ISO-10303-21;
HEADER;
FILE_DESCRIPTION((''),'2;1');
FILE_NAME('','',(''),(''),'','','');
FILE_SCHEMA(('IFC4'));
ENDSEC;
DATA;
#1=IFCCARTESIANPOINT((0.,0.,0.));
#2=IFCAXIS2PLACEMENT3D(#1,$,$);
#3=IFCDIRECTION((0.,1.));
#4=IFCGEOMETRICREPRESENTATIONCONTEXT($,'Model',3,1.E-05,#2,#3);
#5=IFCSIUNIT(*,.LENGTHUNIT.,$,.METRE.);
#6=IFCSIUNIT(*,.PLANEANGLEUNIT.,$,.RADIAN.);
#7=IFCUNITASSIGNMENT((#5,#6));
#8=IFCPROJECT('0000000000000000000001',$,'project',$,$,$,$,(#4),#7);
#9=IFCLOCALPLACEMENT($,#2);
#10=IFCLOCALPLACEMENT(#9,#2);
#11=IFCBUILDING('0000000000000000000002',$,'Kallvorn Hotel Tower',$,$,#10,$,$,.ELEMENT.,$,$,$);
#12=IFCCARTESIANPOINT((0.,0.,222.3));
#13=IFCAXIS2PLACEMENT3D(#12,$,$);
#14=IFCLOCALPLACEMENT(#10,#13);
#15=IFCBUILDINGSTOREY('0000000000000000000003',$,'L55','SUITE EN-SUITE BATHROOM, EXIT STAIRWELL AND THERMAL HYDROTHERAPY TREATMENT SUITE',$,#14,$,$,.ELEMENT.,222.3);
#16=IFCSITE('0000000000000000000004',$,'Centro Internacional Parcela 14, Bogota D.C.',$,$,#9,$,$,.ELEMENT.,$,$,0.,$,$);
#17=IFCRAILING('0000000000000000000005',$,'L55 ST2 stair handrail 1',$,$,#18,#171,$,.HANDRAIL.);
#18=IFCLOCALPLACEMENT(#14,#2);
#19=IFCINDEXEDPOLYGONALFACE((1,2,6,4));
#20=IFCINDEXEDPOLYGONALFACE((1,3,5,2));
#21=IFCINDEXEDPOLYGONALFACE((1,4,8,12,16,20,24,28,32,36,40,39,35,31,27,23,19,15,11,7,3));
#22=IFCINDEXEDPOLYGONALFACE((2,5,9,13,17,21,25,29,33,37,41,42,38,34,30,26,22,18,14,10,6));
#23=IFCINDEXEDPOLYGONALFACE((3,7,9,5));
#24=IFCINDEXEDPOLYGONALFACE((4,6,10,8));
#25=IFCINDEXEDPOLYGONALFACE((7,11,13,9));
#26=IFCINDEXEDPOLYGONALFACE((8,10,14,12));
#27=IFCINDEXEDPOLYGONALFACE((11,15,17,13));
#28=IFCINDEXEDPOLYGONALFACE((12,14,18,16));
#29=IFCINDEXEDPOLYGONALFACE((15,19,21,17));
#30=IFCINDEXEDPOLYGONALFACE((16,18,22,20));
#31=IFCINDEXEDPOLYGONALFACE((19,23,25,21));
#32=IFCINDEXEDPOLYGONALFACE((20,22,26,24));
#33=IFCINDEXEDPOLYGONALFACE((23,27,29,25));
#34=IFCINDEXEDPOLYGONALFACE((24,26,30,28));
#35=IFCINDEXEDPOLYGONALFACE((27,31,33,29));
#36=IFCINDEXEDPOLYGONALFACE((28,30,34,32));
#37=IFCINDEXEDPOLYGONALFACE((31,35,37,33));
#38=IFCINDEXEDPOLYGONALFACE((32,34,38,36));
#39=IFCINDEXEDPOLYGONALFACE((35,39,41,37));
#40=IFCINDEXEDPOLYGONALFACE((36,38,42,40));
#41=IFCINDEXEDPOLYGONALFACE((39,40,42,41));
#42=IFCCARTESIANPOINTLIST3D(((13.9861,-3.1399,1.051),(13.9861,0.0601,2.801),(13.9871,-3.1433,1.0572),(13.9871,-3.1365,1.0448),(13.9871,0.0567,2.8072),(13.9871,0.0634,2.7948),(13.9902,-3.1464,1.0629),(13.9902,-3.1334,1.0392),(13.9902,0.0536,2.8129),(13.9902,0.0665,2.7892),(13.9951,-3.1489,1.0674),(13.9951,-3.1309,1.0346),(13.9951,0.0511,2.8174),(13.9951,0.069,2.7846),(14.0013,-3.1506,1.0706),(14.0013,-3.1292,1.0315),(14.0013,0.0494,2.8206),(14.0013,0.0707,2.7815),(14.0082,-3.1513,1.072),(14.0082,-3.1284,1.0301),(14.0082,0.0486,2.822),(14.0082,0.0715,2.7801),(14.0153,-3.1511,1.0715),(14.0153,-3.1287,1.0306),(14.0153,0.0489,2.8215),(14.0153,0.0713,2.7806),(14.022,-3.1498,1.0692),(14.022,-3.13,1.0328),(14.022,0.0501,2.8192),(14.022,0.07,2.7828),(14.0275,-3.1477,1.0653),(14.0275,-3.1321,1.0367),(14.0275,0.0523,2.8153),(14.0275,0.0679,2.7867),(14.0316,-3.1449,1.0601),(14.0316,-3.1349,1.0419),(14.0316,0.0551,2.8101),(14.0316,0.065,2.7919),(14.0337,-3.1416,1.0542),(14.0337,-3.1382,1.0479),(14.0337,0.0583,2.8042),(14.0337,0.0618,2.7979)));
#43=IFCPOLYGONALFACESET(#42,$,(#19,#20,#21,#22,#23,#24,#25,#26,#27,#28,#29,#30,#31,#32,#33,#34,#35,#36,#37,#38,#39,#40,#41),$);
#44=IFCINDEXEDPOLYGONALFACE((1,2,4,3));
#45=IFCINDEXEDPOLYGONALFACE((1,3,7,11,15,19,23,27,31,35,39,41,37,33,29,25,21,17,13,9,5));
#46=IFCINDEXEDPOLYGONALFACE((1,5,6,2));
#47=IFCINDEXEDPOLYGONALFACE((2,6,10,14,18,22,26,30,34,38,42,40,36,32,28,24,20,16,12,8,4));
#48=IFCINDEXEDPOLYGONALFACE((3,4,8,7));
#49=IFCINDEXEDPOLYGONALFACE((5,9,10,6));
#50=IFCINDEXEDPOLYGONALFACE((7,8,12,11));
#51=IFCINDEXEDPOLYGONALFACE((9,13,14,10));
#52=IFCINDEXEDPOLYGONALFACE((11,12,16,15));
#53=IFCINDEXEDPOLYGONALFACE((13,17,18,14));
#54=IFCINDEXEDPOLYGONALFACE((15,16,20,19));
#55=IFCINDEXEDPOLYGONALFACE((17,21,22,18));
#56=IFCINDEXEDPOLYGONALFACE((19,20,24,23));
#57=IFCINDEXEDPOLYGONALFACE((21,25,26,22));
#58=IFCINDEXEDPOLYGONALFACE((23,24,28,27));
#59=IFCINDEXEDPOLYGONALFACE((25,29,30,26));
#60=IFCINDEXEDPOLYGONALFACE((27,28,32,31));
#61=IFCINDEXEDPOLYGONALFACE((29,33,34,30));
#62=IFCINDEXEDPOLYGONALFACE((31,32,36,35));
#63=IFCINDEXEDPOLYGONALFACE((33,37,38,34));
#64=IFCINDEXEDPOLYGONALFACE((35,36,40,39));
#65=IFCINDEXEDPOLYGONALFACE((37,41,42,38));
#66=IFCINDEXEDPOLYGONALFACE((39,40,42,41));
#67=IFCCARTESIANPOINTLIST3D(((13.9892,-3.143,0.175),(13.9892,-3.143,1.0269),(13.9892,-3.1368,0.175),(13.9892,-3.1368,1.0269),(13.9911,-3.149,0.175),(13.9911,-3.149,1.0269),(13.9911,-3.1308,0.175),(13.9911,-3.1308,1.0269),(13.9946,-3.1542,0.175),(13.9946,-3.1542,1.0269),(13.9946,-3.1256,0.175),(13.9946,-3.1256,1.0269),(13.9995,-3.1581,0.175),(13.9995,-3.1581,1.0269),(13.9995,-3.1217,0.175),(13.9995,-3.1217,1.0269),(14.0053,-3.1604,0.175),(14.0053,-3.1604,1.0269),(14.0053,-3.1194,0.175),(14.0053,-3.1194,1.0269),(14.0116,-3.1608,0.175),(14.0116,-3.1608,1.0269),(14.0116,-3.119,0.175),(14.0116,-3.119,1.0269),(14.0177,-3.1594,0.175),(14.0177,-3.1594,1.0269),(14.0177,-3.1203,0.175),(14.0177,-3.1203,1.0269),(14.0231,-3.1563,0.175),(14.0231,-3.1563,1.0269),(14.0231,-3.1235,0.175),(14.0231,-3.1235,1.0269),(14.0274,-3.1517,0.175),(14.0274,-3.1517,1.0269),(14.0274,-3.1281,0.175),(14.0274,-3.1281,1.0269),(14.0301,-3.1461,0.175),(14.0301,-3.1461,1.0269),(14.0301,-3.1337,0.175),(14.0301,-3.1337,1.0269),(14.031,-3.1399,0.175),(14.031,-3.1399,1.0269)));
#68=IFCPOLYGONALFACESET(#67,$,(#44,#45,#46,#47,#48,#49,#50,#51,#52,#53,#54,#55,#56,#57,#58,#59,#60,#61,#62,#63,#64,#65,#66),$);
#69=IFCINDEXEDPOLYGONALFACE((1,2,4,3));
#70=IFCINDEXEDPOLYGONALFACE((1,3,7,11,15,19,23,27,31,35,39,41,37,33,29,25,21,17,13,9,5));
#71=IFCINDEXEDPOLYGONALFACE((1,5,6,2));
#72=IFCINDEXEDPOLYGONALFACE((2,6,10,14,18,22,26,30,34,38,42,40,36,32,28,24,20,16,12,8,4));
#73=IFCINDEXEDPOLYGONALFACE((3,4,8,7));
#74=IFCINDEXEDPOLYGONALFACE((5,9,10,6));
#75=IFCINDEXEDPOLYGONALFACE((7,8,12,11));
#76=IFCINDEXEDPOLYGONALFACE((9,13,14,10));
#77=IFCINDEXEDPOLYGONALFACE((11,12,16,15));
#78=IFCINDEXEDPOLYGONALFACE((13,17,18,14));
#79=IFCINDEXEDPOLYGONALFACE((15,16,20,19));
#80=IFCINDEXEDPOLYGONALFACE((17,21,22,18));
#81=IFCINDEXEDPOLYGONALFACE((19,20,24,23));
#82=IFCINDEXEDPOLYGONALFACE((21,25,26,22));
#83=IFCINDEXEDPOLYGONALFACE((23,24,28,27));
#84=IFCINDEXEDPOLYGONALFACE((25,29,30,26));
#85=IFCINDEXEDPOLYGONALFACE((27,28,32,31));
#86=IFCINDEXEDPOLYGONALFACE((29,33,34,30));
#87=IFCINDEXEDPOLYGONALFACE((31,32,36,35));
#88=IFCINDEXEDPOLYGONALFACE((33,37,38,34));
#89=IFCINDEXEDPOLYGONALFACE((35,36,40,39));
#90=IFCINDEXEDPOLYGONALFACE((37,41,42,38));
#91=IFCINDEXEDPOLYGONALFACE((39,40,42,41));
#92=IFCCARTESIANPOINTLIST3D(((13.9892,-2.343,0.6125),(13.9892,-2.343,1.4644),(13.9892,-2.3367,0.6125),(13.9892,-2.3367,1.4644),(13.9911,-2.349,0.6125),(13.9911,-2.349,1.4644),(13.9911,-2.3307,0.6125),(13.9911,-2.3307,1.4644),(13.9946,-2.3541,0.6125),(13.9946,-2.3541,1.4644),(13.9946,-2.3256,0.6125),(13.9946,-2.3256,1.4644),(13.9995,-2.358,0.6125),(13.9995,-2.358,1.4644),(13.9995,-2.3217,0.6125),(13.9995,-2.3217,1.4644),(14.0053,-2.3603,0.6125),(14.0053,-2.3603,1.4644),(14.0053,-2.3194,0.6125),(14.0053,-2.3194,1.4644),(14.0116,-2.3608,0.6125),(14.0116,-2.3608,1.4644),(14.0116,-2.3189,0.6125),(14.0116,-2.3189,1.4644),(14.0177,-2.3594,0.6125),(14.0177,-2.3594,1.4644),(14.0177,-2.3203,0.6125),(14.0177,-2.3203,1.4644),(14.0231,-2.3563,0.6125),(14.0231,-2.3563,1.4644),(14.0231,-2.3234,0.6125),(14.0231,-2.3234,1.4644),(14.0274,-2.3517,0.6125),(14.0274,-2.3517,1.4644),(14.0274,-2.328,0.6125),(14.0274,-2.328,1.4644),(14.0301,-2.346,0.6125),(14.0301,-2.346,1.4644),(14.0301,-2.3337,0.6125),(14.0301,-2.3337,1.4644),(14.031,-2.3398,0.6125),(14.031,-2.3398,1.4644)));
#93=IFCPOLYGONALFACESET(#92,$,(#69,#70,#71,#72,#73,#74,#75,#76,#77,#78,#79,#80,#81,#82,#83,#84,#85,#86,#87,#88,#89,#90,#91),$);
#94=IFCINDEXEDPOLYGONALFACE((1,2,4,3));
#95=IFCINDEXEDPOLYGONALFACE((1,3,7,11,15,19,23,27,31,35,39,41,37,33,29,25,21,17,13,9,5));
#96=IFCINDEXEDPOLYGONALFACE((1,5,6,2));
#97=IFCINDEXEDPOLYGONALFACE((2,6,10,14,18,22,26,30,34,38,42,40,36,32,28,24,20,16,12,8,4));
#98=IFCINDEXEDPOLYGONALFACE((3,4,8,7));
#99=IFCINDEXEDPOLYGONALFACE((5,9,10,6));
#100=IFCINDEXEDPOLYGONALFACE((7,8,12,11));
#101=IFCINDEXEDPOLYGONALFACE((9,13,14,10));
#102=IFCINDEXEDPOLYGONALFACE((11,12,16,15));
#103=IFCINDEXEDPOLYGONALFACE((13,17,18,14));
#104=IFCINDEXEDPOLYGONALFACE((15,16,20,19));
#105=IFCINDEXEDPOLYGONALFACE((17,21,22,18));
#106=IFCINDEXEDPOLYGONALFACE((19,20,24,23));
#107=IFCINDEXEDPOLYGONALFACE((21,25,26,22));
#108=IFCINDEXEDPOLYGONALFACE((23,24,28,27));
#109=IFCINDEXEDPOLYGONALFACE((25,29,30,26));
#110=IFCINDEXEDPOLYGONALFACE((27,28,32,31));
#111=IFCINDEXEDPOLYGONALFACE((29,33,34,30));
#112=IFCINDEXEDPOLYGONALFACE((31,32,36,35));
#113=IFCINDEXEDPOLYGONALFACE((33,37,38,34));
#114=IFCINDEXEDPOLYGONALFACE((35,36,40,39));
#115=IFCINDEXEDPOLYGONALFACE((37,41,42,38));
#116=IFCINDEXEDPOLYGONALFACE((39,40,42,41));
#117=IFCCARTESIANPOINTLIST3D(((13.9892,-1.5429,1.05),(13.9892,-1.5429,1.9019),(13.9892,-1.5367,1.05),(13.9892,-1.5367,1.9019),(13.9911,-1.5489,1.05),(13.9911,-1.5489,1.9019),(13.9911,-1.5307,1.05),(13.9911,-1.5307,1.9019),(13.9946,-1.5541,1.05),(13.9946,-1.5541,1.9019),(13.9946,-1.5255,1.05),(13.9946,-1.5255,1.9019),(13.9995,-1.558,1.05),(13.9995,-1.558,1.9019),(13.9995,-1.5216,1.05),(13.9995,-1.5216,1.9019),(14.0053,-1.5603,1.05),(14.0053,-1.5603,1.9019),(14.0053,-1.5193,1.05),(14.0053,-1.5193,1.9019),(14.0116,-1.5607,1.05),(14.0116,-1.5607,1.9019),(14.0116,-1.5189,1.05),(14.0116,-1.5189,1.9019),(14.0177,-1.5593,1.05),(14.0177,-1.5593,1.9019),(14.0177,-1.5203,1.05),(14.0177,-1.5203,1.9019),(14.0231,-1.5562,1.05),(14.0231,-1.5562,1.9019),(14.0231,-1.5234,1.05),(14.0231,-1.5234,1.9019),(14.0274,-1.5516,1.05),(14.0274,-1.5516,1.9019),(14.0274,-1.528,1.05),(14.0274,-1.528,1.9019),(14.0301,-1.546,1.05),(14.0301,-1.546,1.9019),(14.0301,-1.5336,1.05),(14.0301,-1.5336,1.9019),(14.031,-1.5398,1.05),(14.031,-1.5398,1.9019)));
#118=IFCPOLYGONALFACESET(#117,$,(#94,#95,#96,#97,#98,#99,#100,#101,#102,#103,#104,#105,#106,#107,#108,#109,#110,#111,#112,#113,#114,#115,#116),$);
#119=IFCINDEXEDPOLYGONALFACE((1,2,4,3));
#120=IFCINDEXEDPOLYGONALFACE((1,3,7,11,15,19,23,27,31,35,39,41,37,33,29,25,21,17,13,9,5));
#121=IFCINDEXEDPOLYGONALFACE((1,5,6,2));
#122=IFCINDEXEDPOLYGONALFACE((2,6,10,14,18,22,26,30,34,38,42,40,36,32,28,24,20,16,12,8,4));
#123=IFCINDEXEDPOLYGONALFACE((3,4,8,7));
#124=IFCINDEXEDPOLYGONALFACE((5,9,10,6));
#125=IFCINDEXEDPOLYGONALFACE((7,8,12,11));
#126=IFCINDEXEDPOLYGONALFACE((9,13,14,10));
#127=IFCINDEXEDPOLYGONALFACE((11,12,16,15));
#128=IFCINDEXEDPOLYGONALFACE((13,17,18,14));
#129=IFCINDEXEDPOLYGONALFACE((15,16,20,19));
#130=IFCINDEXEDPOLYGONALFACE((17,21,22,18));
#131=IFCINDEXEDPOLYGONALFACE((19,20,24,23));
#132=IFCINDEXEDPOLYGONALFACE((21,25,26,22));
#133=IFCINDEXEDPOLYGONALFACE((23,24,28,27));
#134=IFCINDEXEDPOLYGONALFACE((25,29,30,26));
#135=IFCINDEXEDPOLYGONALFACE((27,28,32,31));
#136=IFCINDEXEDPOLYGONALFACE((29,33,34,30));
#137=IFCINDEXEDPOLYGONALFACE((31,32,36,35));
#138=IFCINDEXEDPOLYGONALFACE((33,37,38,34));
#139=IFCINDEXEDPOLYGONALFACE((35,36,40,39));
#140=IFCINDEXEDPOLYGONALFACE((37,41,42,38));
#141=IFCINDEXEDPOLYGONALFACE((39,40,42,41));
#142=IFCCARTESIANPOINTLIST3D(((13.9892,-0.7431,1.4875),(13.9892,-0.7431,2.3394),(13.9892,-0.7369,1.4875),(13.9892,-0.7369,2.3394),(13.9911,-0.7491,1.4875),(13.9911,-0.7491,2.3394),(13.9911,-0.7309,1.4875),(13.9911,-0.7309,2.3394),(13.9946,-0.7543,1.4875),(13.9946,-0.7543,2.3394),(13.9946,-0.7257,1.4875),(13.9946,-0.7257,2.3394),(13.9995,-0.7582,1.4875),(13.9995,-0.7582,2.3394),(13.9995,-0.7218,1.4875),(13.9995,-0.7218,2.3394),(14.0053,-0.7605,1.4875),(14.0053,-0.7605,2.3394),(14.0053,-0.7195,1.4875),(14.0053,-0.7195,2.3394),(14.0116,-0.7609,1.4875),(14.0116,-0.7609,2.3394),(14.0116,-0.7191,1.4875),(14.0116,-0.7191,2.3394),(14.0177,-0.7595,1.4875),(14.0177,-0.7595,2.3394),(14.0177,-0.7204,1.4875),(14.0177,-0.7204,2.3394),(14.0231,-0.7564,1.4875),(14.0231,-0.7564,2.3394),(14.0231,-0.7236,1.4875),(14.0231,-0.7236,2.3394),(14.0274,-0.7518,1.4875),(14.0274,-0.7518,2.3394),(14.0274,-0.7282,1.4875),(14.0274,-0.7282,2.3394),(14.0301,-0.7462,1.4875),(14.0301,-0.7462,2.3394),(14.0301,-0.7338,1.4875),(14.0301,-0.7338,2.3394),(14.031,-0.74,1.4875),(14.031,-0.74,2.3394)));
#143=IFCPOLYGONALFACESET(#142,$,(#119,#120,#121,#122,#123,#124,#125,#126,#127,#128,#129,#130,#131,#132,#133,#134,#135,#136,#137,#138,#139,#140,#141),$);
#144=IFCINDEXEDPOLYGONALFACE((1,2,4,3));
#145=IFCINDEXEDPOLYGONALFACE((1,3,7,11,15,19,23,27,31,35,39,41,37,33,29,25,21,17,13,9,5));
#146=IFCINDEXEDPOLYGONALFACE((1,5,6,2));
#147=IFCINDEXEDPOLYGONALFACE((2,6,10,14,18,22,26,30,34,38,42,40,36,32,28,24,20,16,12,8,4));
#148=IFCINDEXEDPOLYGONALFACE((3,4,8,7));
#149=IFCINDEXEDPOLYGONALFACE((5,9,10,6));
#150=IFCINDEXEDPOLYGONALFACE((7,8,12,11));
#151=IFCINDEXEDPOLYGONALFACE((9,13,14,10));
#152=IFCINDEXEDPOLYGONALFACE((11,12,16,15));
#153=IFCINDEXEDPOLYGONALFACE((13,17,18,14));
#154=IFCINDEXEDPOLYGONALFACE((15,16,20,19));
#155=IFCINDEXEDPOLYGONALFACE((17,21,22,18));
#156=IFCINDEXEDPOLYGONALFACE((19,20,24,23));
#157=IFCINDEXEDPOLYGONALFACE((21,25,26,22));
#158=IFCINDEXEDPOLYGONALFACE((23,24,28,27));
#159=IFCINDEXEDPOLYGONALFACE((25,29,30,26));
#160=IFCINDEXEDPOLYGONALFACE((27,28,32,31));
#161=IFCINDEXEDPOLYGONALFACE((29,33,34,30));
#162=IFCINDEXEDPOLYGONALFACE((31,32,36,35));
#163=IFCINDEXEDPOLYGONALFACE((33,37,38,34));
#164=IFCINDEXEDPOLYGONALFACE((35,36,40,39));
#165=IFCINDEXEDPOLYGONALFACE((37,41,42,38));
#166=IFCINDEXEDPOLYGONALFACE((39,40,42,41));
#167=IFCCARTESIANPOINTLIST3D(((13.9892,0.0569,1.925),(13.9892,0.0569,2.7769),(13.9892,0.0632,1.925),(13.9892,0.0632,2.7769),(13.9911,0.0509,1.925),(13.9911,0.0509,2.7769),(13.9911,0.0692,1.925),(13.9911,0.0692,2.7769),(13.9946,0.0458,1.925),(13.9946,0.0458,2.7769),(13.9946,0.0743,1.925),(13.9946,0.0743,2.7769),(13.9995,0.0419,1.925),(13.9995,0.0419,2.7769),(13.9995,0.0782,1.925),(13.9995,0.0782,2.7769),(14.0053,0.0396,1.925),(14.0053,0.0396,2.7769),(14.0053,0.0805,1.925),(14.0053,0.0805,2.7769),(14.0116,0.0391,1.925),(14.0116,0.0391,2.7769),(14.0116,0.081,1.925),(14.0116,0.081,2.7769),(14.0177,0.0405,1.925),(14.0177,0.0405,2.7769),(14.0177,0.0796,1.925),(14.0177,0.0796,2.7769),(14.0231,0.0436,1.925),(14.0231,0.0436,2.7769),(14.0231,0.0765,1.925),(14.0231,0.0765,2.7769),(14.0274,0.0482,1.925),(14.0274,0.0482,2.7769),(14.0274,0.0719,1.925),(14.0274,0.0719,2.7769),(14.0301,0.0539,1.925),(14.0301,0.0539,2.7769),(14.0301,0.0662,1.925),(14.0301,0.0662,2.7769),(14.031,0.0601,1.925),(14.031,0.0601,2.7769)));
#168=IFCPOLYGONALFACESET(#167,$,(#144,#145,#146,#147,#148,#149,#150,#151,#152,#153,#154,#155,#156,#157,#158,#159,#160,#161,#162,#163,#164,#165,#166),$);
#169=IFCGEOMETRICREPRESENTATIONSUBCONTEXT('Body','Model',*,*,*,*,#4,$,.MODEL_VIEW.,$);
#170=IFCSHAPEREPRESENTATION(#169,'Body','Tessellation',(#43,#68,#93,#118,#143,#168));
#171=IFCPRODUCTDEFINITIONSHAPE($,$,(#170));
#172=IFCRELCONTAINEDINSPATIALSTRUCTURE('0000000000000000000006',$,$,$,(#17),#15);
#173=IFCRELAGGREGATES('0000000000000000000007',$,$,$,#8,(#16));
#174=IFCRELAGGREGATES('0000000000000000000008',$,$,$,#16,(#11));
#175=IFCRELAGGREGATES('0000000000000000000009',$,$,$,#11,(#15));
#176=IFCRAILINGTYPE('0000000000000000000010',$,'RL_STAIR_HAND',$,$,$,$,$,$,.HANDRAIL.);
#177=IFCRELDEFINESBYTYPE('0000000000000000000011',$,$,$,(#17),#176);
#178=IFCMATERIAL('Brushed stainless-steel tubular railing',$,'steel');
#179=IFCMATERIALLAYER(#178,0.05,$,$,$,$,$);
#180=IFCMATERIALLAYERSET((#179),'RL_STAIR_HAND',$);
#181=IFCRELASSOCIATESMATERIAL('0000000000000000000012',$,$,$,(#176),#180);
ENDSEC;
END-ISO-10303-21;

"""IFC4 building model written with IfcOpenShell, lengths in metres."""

from ifc_helpers import new_model, si_unit, direction, frame, origin, origin_2d, place, context, subcontext, project, spatial, circle, extrude, material, layer, layer_set, type_object, element, save


model = new_model("IFC4")

# Units and contexts
model_context = context("Model", 3, precision=1e-05, world=origin(), true_north=direction((0.0, 1.0)))
body_context = subcontext(model_context, "Body", "Model", "MODEL_VIEW")
ifc_project = project(units=[si_unit("LENGTHUNIT", "METRE"), si_unit("PLANEANGLEUNIT", "RADIAN")], contexts=[model_context])

# Site, building, storey
site_placement = place(None, origin())
site = spatial("IfcSite", under=ifc_project, at=site_placement, Name="Centro Internacional Parcela 14, Bogota D.C.", CompositionType="ELEMENT", RefElevation=0.0)
building_placement = place(site_placement, origin())
building = spatial("IfcBuilding", under=site, at=building_placement, Name="Kallvorn Hotel Tower", CompositionType="ELEMENT")
storey_placement = place(building_placement, frame((0.0, 0.0, 222.3)))
storey = spatial("IfcBuildingStorey", under=building, at=storey_placement, Name="L55", Description="SUITE EN-SUITE BATHROOM, EXIT STAIRWELL AND THERMAL HYDROTHERAPY TREATMENT SUITE", CompositionType="ELEMENT", Elevation=222.3)

# Railing
ifc_material_1 = material(Name="Brushed stainless-steel tubular railing", Category="steel")
ifc_layer_1 = layer(ifc_material_1, 0.05)
ifc_layer_set_1 = layer_set([ifc_layer_1], Name="RL_STAIR_HAND")
railing_type_1 = type_object("IfcRailingType", Name="RL_STAIR_HAND", PredefinedType="HANDRAIL", material=ifc_layer_set_1)
railing_1_placement = place(storey_placement, frame((14.01, -3.1399, 0.175)))
element("IfcRailing", 1, at=railing_1_placement, inside=storey, type_object=railing_type_1, Name="L55 ST2 stair handrail 1", PredefinedType="HANDRAIL", context=body_context, shape_type="SweptSolid", body=[
    extrude(circle(Radius=0.0239, at=origin_2d()), frame((0.0, 0.0, 0.876), z_axis=(0.0, 0.877368, 0.479818), x_axis=(-1.0, 0.0, 0.0)), (0.0, 0.0, 1.0), 3.6472),
    extrude(circle(Radius=0.021, at=origin_2d()), origin(), (0.0, 0.0, 1.0), 0.8518),
    extrude(circle(Radius=0.021, at=origin_2d()), frame((0.0, 0.8, 0.4375)), (0.0, 0.0, 1.0), 0.8518),
    extrude(circle(Radius=0.021, at=origin_2d()), frame((0.0, 1.6001, 0.875)), (0.0, 0.0, 1.0), 0.8518),
    extrude(circle(Radius=0.021, at=origin_2d()), frame((0.0, 2.3999, 1.3125)), (0.0, 0.0, 1.0), 0.8518),
    extrude(circle(Radius=0.021, at=origin_2d()), frame((0.0, 3.2, 1.75)), (0.0, 0.0, 1.0), 0.8518),
])

save(model, "model.ifc")
